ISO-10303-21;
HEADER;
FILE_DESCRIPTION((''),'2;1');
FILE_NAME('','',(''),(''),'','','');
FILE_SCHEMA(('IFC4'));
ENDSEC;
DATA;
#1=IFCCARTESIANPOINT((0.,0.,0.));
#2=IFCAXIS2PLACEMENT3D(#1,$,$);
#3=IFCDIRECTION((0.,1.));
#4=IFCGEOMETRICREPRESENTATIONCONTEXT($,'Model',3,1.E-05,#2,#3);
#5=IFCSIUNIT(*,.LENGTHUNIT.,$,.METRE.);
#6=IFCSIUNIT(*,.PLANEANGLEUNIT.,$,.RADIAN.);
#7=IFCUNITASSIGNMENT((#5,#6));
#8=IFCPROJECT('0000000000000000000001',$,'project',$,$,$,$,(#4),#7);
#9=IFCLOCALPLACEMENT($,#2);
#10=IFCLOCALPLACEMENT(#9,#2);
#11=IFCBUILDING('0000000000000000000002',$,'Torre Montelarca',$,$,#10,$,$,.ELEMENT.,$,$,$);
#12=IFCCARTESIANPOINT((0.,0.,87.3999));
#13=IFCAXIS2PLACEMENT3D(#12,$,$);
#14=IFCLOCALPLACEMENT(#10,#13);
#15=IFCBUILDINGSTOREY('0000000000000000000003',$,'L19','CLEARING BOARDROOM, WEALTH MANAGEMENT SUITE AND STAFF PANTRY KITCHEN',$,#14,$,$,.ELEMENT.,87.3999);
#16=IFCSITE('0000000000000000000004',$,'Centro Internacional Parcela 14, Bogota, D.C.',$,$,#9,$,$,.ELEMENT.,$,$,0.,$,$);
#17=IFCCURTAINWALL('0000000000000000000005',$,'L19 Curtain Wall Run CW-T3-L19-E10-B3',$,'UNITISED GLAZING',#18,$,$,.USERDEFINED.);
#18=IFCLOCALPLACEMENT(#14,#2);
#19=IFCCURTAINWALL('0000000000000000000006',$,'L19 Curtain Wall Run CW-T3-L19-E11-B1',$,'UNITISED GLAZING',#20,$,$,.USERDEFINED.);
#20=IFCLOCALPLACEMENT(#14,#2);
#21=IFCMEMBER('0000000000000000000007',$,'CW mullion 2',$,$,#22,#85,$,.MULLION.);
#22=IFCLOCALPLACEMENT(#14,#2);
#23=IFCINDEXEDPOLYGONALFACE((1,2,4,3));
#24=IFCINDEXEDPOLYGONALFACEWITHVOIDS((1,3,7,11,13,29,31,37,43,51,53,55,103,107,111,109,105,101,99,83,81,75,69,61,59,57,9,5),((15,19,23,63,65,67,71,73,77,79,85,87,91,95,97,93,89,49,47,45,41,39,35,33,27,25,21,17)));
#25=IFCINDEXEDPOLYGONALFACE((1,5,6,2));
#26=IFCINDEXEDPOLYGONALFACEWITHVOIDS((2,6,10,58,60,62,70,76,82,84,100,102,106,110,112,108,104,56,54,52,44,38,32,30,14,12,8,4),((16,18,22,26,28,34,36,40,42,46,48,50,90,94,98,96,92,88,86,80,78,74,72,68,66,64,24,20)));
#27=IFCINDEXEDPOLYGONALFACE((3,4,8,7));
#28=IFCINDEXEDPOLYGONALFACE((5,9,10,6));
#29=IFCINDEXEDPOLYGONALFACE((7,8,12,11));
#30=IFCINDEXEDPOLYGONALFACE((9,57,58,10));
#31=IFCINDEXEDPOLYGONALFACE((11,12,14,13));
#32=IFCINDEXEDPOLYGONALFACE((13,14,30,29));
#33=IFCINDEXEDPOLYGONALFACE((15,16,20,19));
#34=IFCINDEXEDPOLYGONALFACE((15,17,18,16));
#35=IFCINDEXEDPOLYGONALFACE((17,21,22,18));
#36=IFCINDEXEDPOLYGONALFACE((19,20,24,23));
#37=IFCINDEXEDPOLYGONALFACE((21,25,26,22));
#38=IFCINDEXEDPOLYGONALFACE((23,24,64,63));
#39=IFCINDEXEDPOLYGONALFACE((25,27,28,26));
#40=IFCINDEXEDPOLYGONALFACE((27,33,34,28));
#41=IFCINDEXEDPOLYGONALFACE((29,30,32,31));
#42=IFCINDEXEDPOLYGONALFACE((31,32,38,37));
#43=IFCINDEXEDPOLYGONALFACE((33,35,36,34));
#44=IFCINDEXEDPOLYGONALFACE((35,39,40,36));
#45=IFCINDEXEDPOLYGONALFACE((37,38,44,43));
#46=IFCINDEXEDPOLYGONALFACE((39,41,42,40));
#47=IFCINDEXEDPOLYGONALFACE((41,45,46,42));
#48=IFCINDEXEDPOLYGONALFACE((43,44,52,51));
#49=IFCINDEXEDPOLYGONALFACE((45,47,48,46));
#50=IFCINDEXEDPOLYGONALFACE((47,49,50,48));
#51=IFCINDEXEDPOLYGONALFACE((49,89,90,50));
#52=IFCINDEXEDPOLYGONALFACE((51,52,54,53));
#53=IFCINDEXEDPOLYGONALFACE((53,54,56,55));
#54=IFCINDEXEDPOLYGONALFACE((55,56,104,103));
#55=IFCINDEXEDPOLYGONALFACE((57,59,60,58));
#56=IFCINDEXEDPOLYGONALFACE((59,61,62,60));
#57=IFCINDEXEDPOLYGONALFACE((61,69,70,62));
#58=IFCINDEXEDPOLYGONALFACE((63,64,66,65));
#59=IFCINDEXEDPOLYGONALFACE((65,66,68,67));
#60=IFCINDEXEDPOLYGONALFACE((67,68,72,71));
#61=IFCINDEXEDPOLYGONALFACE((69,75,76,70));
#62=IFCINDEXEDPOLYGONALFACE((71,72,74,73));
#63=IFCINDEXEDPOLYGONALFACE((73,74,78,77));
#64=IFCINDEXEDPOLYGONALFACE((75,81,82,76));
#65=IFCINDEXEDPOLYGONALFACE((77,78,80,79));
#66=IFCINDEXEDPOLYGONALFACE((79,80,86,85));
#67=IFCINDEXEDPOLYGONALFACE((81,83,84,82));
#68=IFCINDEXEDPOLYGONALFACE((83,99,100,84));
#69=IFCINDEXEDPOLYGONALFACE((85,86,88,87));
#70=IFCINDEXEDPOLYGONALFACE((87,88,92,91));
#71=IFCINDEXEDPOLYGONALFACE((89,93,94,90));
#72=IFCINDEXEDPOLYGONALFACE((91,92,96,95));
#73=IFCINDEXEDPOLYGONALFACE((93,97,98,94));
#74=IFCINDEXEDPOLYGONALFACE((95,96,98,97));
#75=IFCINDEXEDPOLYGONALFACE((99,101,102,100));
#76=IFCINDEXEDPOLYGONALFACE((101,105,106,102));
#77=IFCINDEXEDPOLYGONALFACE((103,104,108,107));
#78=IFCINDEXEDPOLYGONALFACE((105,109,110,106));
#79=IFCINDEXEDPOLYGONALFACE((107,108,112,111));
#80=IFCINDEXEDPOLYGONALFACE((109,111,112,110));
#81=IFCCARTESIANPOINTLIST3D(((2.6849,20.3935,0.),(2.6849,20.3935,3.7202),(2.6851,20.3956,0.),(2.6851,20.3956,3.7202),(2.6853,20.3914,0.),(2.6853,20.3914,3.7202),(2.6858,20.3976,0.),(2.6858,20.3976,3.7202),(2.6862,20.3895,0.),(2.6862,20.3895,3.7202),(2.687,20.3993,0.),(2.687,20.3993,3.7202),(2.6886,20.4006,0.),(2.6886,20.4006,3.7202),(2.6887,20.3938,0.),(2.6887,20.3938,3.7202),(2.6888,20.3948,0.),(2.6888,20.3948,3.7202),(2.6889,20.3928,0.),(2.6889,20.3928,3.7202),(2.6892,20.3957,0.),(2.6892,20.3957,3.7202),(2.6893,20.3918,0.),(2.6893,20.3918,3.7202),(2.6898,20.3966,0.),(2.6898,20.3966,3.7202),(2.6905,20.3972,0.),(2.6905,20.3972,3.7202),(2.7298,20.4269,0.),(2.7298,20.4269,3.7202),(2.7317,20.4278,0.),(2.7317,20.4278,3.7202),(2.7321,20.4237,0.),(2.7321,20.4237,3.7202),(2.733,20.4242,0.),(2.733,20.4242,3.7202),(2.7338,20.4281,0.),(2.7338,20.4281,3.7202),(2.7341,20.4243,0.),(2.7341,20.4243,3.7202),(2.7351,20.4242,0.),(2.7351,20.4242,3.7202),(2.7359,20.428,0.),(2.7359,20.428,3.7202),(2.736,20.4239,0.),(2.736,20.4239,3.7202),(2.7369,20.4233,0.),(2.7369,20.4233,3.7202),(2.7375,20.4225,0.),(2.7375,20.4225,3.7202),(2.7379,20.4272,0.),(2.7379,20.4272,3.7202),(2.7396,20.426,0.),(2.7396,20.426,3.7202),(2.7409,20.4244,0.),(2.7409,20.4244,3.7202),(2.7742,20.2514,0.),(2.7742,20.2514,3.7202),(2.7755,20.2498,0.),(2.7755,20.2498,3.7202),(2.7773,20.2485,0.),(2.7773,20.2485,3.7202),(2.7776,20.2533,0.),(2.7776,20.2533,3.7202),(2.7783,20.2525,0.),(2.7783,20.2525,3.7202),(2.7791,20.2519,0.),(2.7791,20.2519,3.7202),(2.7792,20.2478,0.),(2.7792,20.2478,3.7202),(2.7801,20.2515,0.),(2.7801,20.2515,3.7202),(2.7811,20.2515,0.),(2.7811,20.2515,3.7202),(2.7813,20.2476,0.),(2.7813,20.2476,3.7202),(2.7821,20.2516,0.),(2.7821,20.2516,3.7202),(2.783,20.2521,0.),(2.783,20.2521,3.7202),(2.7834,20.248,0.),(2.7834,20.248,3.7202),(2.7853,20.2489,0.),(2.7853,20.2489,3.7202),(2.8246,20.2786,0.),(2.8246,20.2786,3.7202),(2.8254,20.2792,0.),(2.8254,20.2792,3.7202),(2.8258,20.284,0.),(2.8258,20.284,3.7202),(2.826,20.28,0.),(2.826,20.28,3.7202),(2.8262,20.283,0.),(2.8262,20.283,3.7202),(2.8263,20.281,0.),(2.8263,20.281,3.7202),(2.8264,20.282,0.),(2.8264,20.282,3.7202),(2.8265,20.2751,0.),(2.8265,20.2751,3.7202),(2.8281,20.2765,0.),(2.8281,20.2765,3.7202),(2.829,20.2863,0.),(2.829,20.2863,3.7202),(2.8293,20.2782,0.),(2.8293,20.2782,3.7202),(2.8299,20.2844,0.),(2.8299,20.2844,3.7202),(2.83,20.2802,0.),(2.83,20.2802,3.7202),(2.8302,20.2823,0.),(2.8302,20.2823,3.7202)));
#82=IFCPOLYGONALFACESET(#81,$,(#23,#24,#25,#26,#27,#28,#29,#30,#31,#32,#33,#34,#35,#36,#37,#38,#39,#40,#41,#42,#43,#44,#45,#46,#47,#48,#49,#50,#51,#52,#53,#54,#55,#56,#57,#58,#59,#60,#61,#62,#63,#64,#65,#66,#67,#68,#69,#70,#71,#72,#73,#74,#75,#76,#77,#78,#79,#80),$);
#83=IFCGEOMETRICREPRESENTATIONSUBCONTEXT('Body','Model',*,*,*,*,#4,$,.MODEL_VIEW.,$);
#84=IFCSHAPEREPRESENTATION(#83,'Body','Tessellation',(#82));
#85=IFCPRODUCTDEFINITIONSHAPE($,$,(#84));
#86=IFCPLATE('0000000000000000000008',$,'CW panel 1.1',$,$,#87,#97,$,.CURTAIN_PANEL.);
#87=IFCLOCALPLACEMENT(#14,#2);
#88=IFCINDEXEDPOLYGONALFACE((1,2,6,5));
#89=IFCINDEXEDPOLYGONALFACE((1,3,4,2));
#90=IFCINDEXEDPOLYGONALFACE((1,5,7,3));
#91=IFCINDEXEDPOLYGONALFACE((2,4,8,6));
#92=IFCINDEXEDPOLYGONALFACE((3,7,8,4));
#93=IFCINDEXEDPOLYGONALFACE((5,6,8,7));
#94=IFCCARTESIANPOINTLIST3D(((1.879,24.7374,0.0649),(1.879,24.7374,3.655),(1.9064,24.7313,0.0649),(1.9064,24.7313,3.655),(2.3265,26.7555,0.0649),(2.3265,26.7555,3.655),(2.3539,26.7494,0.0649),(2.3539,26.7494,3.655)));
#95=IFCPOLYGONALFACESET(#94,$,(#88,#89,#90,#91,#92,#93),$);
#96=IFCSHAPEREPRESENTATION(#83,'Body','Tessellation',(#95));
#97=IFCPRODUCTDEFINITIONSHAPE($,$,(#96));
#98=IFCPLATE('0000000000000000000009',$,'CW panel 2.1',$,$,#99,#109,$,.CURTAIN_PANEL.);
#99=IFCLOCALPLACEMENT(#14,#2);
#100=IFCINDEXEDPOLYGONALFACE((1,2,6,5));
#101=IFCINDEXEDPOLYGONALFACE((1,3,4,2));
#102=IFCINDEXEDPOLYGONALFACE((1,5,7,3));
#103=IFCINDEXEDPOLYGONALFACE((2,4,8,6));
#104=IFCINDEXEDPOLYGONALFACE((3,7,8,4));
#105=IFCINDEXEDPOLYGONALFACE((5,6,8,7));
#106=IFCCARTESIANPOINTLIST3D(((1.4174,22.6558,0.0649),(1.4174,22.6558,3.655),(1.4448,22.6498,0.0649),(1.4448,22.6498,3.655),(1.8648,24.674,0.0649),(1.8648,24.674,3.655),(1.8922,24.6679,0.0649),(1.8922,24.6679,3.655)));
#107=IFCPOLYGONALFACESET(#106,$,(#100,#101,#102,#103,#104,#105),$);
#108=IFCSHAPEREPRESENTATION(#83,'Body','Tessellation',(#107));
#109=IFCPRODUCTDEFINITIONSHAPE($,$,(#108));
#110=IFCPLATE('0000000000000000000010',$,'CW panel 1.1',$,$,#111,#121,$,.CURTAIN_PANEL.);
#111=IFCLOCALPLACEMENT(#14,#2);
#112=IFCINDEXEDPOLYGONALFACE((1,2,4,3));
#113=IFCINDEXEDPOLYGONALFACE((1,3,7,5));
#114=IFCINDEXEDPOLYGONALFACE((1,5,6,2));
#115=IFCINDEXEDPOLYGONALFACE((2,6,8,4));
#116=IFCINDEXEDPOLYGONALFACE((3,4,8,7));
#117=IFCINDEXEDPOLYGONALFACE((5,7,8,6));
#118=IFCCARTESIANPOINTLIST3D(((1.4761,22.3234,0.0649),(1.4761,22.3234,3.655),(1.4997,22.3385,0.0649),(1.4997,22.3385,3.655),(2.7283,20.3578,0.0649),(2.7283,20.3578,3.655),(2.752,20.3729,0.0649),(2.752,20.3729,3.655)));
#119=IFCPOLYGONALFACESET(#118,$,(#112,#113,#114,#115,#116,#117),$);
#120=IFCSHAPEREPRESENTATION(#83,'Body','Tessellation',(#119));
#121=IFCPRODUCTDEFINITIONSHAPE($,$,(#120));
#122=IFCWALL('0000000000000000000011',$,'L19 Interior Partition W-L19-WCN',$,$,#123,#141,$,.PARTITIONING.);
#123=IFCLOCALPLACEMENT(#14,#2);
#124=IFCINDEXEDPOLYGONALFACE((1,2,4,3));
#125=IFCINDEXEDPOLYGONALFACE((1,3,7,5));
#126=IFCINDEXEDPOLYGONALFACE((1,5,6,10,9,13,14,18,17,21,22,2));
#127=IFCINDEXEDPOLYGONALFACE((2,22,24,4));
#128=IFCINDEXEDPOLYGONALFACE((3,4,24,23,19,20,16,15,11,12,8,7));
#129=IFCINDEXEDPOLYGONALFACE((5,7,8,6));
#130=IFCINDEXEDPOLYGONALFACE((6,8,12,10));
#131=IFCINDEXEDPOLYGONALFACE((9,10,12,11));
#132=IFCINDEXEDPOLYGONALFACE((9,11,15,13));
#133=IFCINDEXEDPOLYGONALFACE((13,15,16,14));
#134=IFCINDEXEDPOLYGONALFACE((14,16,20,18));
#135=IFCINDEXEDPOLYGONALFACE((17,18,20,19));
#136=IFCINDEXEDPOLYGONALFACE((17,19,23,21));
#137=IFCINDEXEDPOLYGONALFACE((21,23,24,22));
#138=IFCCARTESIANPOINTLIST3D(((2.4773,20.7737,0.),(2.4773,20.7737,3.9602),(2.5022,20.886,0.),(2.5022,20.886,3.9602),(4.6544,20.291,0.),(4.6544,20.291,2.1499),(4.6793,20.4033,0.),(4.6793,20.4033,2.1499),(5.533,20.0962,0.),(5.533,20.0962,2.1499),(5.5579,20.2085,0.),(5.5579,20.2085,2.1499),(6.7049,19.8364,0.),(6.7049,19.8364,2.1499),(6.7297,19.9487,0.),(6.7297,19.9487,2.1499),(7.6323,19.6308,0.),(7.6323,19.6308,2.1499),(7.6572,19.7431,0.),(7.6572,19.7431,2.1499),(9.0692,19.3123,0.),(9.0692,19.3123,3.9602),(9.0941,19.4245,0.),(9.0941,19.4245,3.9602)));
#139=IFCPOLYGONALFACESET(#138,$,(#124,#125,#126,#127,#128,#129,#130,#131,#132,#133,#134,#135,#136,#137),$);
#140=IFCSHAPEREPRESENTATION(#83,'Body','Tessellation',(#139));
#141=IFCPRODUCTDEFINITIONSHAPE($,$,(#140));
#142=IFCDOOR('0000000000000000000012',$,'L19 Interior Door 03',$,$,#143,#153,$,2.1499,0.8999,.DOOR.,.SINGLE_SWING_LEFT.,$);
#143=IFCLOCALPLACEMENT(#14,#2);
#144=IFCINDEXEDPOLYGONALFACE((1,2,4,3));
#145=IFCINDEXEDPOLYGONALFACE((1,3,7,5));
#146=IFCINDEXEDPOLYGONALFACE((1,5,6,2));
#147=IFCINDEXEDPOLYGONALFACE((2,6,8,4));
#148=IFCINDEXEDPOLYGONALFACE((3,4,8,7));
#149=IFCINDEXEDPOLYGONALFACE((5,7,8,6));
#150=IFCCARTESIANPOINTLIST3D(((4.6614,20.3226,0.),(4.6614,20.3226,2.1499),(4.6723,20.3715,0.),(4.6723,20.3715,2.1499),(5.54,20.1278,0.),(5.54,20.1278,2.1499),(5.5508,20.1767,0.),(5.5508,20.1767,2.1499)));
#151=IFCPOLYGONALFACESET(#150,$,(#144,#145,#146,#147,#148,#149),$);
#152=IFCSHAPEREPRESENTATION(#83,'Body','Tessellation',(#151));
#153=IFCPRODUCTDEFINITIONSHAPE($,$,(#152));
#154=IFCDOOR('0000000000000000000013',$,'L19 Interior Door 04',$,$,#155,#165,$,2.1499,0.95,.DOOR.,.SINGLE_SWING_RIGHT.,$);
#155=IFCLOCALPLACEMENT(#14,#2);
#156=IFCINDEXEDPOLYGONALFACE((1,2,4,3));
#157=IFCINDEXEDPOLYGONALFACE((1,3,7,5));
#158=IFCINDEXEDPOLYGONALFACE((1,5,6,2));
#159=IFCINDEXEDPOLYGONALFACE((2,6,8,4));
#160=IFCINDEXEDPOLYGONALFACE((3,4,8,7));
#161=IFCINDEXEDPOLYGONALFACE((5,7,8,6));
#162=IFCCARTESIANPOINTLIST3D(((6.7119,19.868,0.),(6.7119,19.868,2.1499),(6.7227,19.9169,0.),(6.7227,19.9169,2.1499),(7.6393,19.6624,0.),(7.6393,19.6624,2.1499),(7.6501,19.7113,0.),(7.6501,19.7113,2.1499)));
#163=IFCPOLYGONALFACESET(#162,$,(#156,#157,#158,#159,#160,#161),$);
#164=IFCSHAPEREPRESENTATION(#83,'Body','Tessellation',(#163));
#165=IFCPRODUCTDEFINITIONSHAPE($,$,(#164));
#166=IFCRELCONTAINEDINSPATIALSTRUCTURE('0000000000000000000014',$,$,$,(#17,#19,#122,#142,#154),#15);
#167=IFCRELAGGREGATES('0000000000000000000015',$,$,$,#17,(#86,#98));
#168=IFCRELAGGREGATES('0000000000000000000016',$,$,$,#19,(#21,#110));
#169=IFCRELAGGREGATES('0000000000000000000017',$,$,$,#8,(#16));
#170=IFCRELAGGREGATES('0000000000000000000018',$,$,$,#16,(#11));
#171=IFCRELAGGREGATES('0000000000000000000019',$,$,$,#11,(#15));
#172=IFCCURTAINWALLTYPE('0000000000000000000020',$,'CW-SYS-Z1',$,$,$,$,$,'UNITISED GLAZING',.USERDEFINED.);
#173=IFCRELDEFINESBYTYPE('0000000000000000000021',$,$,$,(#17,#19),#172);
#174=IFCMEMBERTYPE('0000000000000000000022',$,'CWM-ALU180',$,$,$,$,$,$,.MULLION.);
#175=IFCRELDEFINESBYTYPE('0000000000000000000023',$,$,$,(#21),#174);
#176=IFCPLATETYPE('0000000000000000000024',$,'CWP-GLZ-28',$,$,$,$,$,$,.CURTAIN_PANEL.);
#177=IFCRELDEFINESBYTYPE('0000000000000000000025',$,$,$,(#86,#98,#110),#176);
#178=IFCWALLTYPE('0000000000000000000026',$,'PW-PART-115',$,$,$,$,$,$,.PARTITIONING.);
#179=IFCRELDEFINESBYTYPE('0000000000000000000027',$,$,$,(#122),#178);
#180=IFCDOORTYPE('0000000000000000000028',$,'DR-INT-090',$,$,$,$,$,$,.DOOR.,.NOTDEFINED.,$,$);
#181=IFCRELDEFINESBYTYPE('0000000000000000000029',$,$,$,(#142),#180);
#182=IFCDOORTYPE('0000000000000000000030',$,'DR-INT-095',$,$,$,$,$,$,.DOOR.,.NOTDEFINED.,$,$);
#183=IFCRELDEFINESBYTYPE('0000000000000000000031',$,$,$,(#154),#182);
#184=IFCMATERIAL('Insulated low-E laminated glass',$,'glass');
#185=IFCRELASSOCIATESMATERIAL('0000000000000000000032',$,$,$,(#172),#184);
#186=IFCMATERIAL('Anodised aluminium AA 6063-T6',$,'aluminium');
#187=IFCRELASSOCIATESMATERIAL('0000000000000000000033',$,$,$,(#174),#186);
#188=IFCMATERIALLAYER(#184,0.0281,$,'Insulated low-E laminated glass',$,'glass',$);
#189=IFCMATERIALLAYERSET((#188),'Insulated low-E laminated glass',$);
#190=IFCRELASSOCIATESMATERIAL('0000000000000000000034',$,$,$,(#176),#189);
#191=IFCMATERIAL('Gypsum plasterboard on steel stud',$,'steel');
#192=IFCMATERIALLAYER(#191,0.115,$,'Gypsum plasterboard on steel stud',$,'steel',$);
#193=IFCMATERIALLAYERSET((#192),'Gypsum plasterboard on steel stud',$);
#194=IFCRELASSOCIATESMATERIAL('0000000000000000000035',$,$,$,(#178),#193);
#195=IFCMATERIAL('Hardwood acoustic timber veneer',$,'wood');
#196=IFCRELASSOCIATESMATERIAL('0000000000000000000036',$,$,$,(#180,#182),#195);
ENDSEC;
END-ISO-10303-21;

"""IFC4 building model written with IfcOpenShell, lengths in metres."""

from ifc_helpers import new_model, si_unit, direction, frame, frame_2d, origin, origin_2d, place, context, subcontext, project, spatial, rectangle, hollow_rectangle, extrude, source, transform, mapped, material, layer, layer_set, material_profile, profile_set, type_object, element, fill, aggregate, save


model = new_model("IFC4")

# Units and contexts
model_context = context("Model", 3, precision=1e-05, world=origin(), true_north=direction((0.0, 1.0)))
body_context = subcontext(model_context, "Body", "Model", "MODEL_VIEW")
ifc_project = project(units=[si_unit("LENGTHUNIT", "METRE"), si_unit("PLANEANGLEUNIT", "RADIAN")], contexts=[model_context])

# Site, building, storey
site_placement = place(None, origin())
site = spatial("IfcSite", under=ifc_project, at=site_placement, Name="Centro Internacional Parcela 14, Bogota, D.C.", CompositionType="ELEMENT", RefElevation=0.0)
building_placement = place(site_placement, origin())
building = spatial("IfcBuilding", under=site, at=building_placement, Name="Torre Montelarca", CompositionType="ELEMENT")
storey_placement = place(building_placement, frame((0.0, 0.0, 87.3999)))
storey = spatial("IfcBuildingStorey", under=building, at=storey_placement, Name="L19", Description="CLEARING BOARDROOM, WEALTH MANAGEMENT SUITE AND STAFF PANTRY KITCHEN", CompositionType="ELEMENT", Elevation=87.3999)

# Curtain walls
ifc_material_1 = material(Name="Insulated low-E laminated glass", Category="glass")
curtain_wall_type = type_object("IfcCurtainWallType", Name="CW-SYS-Z1", ElementType="UNITISED GLAZING", PredefinedType="USERDEFINED", material=ifc_material_1)
curtain_wall_1_placement = place(storey_placement, origin())
curtain_wall_1 = element("IfcCurtainWall", 1, at=curtain_wall_1_placement, inside=storey, type_object=curtain_wall_type, Name="L19 Curtain Wall Run CW-T3-L19-E10-B3", ObjectType="UNITISED GLAZING", PredefinedType="USERDEFINED")
ifc_material_2 = material(Name="Anodised aluminium AA 6063-T6", Category="aluminium")
curtain_wall_2_placement = place(storey_placement, origin())
curtain_wall_2 = element("IfcCurtainWall", 2, at=curtain_wall_2_placement, inside=storey, type_object=curtain_wall_type, Name="L19 Curtain Wall Run CW-T3-L19-E11-B1", ObjectType="UNITISED GLAZING", PredefinedType="USERDEFINED")

# Member
ifc_material_profile_1 = material_profile(ifc_material_2, hollow_rectangle(XDim=0.0649, YDim=0.1799, WallThickness=0.0039, InnerFilletRadius=0.0039, OuterFilletRadius=0.0081, at=origin_2d()), Name="ALU65X180X4", Category="aluminium")
ifc_profile_set_1 = profile_set([ifc_material_profile_1], Name="Anodised aluminium AA 6063-T6")
member_type_1 = type_object("IfcMemberType", Name="CWM-ALU180", PredefinedType="MULLION", material=ifc_profile_set_1)
shared_shape_1 = source(origin(), body_context, "Body", "SweptSolid", [
    extrude(hollow_rectangle(XDim=0.0649, YDim=0.1799, WallThickness=0.0039, InnerFilletRadius=0.0039, OuterFilletRadius=0.0081, at=origin_2d()), origin(), (0.0, 0.0, 1.0), 3.7202),
])
member_1_placement = place(storey_placement, frame((2.7576, 20.3379, 0.0), z_axis=(0.0, 0.0, 1.0), x_axis=(0.843384, 0.537311, 0.0)))
member_1 = element("IfcMember", 3, at=member_1_placement, type_object=member_type_1, Name="CW mullion 2", PredefinedType="MULLION", context=body_context, shape_type="MappedRepresentation", body=[
    mapped(shared_shape_1, transform((0.0, 0.0, 0.0), scale=1.0)),
])

# Plates
ifc_layer_1 = layer(ifc_material_1, 0.0281, Name="Insulated low-E laminated glass", Category="glass")
ifc_layer_set_1 = layer_set([ifc_layer_1], Name="Insulated low-E laminated glass")
plate_type = type_object("IfcPlateType", Name="CWP-GLZ-28", PredefinedType="CURTAIN_PANEL", material=ifc_layer_set_1)
shared_shape_2 = source(origin(), body_context, "Body", "SweptSolid", [
    extrude(rectangle(XDim=2.0671, YDim=0.0281, at=origin_2d()), origin(), (0.0, 0.0, 1.0), 3.5901),
])
plate_1_placement = place(storey_placement, frame((2.1165, 25.7434, 0.0649), z_axis=(0.0, 0.0, 1.0), x_axis=(-0.216458, -0.976292, 0.0)))
plate_1 = element("IfcPlate", 4, at=plate_1_placement, type_object=plate_type, Name="CW panel 1.1", PredefinedType="CURTAIN_PANEL", context=body_context, shape_type="MappedRepresentation", body=[
    mapped(shared_shape_2, transform((0.0, 0.0, 0.0), scale=1.0)),
])
plate_2_placement = place(storey_placement, frame((1.6548, 23.6619, 0.0649), z_axis=(0.0, 0.0, 1.0), x_axis=(-0.216458, -0.976292, 0.0)))
plate_2 = element("IfcPlate", 5, at=plate_2_placement, type_object=plate_type, Name="CW panel 2.1", PredefinedType="CURTAIN_PANEL", context=body_context, shape_type="MappedRepresentation", body=[
    mapped(shared_shape_2, transform((0.0, 0.0, 0.0), scale=1.0)),
])
aggregate(curtain_wall_1, [plate_1, plate_2])
shared_shape_3 = source(origin(), body_context, "Body", "SweptSolid", [
    extrude(rectangle(XDim=2.3306, YDim=0.0281, at=origin_2d()), origin(), (0.0, 0.0, 1.0), 3.5901),
])
plate_3_placement = place(storey_placement, frame((2.114, 21.3481, 0.0649), z_axis=(0.0, 0.0, 1.0), x_axis=(0.537311, -0.843384, 0.0)))
plate_3 = element("IfcPlate", 6, at=plate_3_placement, type_object=plate_type, Name="CW panel 1.1", PredefinedType="CURTAIN_PANEL", context=body_context, shape_type="MappedRepresentation", body=[
    mapped(shared_shape_3, transform((0.0, 0.0, 0.0), scale=1.0)),
])
aggregate(curtain_wall_2, [member_1, plate_3])

# Wall, openings, doors
ifc_material_3 = material(Name="Gypsum plasterboard on steel stud", Category="steel")
ifc_layer_2 = layer(ifc_material_3, 0.115, Name="Gypsum plasterboard on steel stud", Category="steel")
ifc_layer_set_2 = layer_set([ifc_layer_2], Name="Gypsum plasterboard on steel stud")
wall_type = type_object("IfcWallType", Name="PW-PART-115", PredefinedType="PARTITIONING", material=ifc_layer_set_2)
wall_placement = place(storey_placement, frame((2.4897, 20.8298, 0.0), z_axis=(0.0, 0.0, 1.0), x_axis=(0.976294, -0.216448, 0.0)))
wall = element("IfcWall", 7, at=wall_placement, inside=storey, type_object=wall_type, Name="L19 Interior Partition W-L19-WCN", PredefinedType="PARTITIONING", context=body_context, shape_type="SweptSolid", body=[
    extrude(rectangle(XDim=6.752, YDim=0.115, at=frame_2d((3.376, 0.0))), origin(), (0.0, 0.0, 1.0), 3.9602),
])
opening_1_placement = place(wall_placement, frame((2.23, 0.0, 0.0)))
opening_1 = element("IfcOpeningElement", 8, at=opening_1_placement, cuts=wall, PredefinedType="OPENING", context=body_context, shape_type="SweptSolid", body=[
    extrude(rectangle(XDim=0.8999, YDim=2.1499, at=frame_2d((0.45, 1.075))), frame((0.0, 0.0674, 0.0), z_axis=(0.0, -1.0, 0.0), x_axis=(1.0, 0.0, 0.0)), (0.0, 0.0, 1.0), 0.135),
])
opening_2_placement = place(wall_placement, frame((4.3301, 0.0, 0.0)))
opening_2 = element("IfcOpeningElement", 9, at=opening_2_placement, cuts=wall, PredefinedType="OPENING", context=body_context, shape_type="SweptSolid", body=[
    extrude(rectangle(XDim=0.95, YDim=2.1499, at=frame_2d((0.4751, 1.075))), frame((0.0, 0.0674, 0.0), z_axis=(0.0, -1.0, 0.0), x_axis=(1.0, 0.0, 0.0)), (0.0, 0.0, 1.0), 0.135),
])
ifc_material_4 = material(Name="Hardwood acoustic timber veneer", Category="wood")
door_type_1 = type_object("IfcDoorType", Name="DR-INT-090", OperationType="NOTDEFINED", PredefinedType="DOOR", material=ifc_material_4)
shared_shape_4 = source(origin(), body_context, "Body", "SweptSolid", [
    extrude(rectangle(XDim=0.8999, YDim=2.1499, at=frame_2d((0.45, 1.075))), frame((0.0, 0.0249, 0.0), z_axis=(0.0, -1.0, 0.0), x_axis=(1.0, 0.0, 0.0)), (0.0, 0.0, 1.0), 0.05),
])
door_1_placement = place(opening_1_placement, origin())
door_1 = element("IfcDoor", 10, at=door_1_placement, inside=storey, type_object=door_type_1, Name="L19 Interior Door 03", OperationType="SINGLE_SWING_LEFT", OverallHeight=2.1499, OverallWidth=0.8999, PredefinedType="DOOR", context=body_context, shape_type="MappedRepresentation", body=[
    mapped(shared_shape_4, transform((0.0, 0.0, 0.0), scale=1.0)),
])
fill(opening_1, door_1)
door_type_2 = type_object("IfcDoorType", Name="DR-INT-095", OperationType="NOTDEFINED", PredefinedType="DOOR", material=ifc_material_4)
shared_shape_5 = source(origin(), body_context, "Body", "SweptSolid", [
    extrude(rectangle(XDim=0.95, YDim=2.1499, at=frame_2d((0.4751, 1.075))), frame((0.0, 0.0249, 0.0), z_axis=(0.0, -1.0, 0.0), x_axis=(1.0, 0.0, 0.0)), (0.0, 0.0, 1.0), 0.05),
])
door_2_placement = place(opening_2_placement, origin())
door_2 = element("IfcDoor", 11, at=door_2_placement, inside=storey, type_object=door_type_2, Name="L19 Interior Door 04", OperationType="SINGLE_SWING_RIGHT", OverallHeight=2.1499, OverallWidth=0.95, PredefinedType="DOOR", context=body_context, shape_type="MappedRepresentation", body=[
    mapped(shared_shape_5, transform((0.0, 0.0, 0.0), scale=1.0)),
])
fill(opening_2, door_2)

save(model, "model.ifc")
